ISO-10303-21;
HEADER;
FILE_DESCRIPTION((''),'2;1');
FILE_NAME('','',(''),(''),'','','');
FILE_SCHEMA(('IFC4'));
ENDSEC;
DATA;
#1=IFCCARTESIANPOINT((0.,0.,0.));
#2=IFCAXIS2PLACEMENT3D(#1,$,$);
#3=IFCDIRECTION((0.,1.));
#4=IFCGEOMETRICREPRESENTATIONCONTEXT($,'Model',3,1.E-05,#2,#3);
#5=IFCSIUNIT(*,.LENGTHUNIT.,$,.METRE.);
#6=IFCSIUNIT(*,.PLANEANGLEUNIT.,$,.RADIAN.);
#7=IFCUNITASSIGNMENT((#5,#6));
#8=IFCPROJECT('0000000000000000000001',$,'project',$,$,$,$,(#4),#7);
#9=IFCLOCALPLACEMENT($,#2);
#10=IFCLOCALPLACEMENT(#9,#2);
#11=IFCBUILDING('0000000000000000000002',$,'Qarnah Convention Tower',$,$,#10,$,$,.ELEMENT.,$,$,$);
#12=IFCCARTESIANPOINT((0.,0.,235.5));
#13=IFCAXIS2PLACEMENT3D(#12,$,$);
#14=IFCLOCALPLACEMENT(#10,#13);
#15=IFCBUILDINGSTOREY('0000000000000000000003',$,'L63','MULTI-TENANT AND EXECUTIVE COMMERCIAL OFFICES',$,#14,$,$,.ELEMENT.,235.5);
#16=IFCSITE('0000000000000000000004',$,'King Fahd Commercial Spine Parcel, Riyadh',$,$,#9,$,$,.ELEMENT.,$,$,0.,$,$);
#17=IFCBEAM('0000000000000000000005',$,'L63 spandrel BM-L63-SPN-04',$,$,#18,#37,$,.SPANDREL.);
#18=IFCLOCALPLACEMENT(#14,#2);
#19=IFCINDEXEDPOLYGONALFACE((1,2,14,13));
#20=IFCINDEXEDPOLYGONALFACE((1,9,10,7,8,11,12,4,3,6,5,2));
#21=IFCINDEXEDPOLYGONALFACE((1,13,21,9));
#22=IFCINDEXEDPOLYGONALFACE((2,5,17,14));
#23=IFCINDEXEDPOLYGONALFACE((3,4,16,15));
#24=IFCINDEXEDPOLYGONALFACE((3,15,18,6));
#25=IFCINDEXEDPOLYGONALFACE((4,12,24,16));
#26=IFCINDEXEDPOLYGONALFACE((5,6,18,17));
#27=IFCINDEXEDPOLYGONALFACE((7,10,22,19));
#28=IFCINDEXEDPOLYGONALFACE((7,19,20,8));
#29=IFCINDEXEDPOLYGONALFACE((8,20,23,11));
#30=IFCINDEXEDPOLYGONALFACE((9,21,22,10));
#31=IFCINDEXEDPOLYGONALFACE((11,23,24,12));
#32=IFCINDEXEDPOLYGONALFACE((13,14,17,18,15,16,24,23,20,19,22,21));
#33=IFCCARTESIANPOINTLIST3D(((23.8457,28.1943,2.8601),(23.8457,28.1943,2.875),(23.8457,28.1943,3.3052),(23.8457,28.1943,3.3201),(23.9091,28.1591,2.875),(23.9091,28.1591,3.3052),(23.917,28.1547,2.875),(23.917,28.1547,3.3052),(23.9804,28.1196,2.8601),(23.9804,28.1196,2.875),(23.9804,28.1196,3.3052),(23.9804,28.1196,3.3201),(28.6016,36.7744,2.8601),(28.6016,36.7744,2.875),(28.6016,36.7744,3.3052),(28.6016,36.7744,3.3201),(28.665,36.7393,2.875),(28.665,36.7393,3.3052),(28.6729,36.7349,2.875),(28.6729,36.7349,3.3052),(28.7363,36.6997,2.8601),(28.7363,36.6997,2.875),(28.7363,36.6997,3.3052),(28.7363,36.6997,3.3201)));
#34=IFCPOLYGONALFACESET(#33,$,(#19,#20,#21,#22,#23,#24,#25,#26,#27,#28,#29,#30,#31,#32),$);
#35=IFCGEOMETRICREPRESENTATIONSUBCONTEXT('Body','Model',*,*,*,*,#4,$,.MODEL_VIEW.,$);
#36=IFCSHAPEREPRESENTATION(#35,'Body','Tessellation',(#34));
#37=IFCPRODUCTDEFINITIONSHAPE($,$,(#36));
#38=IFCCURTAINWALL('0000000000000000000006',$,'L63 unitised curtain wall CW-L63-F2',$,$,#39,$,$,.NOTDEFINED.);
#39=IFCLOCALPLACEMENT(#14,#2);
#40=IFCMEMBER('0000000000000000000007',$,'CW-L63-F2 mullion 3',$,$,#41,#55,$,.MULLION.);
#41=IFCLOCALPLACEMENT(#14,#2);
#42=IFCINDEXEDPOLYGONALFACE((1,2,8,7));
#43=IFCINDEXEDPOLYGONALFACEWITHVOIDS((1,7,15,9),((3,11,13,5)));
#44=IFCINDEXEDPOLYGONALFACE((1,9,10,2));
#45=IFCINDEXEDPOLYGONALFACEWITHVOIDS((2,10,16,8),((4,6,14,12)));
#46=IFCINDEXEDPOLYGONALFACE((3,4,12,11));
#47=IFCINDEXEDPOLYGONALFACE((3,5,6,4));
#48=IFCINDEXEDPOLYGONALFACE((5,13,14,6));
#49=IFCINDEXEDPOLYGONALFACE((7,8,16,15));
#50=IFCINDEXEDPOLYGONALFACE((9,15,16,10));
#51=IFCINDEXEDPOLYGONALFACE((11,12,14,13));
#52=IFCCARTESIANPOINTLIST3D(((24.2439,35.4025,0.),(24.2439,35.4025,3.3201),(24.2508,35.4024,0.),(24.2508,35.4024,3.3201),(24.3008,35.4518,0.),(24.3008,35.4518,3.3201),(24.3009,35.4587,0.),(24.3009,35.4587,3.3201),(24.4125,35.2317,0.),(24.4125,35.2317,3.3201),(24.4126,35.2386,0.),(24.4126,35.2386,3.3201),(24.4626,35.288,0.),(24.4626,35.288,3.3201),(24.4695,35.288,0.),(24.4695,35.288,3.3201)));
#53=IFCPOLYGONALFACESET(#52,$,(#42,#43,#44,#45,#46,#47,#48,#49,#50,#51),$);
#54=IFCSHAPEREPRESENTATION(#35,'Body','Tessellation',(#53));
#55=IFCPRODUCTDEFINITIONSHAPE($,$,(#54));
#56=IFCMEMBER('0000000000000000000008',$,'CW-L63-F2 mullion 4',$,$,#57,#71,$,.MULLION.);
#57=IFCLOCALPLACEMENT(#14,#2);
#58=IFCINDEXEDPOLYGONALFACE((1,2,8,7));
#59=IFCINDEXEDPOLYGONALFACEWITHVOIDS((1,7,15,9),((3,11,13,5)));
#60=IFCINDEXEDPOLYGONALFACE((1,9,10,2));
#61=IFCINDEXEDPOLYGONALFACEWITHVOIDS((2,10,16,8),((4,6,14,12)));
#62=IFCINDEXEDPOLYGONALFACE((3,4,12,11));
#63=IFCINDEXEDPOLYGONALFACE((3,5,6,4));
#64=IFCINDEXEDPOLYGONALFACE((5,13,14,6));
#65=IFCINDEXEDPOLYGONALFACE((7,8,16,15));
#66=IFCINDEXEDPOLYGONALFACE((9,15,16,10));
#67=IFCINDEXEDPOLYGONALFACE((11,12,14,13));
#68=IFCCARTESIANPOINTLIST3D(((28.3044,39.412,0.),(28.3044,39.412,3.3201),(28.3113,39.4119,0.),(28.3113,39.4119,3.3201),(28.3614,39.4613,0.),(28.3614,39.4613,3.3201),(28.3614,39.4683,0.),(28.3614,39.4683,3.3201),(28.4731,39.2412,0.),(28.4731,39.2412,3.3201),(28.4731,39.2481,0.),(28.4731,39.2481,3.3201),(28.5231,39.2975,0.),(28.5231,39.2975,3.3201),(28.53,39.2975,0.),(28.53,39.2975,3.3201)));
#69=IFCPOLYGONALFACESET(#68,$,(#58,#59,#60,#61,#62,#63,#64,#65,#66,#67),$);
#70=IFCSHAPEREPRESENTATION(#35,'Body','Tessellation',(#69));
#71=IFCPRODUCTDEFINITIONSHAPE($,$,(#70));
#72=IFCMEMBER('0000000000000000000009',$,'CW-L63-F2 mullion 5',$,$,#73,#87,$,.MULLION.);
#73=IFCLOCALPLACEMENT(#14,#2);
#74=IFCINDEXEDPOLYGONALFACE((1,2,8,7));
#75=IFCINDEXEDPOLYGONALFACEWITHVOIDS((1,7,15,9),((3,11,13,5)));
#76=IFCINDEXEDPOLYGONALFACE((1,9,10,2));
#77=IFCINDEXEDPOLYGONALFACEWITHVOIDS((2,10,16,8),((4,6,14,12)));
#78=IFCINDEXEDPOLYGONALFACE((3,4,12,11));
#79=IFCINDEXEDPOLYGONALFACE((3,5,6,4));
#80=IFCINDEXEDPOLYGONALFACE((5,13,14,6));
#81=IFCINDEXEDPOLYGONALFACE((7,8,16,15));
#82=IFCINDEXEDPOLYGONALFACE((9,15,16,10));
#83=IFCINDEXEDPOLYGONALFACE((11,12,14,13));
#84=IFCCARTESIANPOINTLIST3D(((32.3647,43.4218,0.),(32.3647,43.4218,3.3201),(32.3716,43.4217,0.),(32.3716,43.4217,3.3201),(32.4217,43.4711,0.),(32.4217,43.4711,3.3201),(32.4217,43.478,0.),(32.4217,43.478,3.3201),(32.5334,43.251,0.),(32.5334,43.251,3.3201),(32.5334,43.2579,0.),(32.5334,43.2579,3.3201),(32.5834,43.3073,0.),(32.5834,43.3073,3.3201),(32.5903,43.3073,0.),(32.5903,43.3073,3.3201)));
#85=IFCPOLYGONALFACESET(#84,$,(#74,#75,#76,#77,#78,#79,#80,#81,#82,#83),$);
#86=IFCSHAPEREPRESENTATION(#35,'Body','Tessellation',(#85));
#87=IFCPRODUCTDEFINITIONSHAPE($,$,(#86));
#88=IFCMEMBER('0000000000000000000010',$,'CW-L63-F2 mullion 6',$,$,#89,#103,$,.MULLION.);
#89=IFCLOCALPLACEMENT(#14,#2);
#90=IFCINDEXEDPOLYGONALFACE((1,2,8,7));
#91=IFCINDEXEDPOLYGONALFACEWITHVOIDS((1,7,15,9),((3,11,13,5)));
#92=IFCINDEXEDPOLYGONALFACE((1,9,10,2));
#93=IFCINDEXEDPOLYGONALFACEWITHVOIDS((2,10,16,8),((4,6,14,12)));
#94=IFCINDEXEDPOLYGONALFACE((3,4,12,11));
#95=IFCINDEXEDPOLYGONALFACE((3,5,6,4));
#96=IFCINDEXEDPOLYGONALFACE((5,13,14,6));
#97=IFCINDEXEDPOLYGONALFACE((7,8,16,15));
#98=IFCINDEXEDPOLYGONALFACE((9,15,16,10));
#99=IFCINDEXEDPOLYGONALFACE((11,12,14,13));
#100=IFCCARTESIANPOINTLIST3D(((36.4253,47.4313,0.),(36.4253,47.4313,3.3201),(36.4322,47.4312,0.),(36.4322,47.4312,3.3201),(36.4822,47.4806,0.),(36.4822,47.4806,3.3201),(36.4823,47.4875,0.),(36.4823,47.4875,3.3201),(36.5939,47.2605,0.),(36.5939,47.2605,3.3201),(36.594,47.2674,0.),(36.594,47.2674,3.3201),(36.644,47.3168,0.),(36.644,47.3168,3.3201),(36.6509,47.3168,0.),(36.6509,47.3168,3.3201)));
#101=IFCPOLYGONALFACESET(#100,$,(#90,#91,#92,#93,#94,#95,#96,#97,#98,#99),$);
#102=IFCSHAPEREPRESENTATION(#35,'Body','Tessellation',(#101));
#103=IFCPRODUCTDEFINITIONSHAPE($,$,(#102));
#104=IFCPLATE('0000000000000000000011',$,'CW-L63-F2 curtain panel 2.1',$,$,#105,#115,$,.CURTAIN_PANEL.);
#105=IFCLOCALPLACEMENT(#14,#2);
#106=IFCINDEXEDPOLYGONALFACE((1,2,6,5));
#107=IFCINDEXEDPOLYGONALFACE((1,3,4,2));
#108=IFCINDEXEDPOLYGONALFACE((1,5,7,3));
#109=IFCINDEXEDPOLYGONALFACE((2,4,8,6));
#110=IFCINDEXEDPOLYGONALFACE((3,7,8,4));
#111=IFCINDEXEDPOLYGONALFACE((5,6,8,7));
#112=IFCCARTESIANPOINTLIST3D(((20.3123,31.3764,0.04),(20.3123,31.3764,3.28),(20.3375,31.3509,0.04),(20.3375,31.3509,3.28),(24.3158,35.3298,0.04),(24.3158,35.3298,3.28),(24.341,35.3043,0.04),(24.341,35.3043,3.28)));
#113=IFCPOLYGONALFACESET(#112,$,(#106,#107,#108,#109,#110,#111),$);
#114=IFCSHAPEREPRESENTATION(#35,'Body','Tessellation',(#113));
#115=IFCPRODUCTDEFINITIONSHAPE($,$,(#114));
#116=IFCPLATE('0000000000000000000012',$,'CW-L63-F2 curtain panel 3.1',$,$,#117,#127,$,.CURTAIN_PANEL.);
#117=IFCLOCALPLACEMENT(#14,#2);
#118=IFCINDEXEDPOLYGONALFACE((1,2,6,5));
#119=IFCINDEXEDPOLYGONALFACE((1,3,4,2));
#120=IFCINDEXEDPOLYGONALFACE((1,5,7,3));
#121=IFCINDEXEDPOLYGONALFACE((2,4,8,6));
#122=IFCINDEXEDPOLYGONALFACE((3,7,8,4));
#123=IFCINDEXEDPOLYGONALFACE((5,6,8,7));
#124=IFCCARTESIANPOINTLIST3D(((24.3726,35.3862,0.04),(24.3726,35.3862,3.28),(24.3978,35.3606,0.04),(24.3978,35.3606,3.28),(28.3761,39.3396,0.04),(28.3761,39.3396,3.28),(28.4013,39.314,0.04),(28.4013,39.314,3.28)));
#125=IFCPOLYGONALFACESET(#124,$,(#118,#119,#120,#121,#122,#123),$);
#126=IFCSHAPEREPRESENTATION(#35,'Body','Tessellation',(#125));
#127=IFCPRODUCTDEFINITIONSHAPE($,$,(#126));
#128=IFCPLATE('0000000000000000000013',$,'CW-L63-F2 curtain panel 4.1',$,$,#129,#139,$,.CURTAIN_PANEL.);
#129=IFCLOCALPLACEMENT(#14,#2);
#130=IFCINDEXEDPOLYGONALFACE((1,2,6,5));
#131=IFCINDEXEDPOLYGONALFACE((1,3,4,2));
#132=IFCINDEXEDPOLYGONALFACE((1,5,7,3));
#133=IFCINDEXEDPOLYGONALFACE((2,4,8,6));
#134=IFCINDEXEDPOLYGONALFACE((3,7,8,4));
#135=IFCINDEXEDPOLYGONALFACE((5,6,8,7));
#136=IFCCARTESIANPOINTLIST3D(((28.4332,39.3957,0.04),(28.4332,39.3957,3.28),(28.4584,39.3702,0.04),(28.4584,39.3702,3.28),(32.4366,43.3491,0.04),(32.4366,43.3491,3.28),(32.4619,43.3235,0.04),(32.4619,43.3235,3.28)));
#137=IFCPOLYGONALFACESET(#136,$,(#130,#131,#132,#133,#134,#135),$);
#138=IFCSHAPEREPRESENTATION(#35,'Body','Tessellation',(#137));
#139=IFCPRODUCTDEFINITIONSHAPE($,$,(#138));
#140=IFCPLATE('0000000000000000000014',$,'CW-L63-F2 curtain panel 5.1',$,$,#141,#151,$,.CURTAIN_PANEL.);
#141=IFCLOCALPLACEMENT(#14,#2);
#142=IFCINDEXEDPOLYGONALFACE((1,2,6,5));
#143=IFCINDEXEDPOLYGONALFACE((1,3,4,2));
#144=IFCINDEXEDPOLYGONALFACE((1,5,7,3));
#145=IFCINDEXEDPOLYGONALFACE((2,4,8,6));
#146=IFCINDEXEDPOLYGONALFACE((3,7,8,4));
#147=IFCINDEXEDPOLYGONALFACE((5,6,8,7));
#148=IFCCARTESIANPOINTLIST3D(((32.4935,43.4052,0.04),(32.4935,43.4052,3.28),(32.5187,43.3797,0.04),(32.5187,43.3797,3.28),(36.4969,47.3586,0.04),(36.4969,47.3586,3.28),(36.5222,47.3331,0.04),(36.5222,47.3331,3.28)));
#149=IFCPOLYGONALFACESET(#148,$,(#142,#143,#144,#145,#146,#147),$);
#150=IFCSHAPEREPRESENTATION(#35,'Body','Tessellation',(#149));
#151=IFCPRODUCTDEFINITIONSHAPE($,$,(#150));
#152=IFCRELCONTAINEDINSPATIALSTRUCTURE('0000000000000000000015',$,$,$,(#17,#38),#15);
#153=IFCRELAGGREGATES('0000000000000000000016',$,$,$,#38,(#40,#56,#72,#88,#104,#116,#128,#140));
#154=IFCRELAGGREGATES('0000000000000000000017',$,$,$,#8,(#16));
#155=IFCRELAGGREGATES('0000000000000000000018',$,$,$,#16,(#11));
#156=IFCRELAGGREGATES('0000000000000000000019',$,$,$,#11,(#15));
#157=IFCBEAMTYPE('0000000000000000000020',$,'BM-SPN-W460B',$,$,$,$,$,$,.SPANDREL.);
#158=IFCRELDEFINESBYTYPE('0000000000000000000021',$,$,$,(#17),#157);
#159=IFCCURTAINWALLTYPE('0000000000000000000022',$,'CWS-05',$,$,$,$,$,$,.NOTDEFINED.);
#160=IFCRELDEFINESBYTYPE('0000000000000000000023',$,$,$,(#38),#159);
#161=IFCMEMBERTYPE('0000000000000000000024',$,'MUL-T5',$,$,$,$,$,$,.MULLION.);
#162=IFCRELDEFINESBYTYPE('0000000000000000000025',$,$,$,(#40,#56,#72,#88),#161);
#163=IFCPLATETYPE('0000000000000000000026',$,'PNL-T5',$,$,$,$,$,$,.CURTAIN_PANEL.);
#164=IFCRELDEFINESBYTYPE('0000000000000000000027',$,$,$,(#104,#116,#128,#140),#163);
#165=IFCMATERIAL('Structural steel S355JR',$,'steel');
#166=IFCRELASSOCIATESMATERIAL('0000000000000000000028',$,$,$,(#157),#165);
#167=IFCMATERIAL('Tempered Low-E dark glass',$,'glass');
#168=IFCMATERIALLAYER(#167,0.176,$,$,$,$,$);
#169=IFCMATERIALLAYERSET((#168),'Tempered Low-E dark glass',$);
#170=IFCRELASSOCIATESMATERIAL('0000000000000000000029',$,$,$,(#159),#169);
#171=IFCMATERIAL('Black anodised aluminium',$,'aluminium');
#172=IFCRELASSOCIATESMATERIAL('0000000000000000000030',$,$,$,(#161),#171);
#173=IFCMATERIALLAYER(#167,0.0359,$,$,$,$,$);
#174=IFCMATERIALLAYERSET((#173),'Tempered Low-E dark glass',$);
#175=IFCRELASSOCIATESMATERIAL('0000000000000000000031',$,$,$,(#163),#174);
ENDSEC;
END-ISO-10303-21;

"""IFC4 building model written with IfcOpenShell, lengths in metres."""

from ifc_helpers import new_model, si_unit, direction, frame, origin, origin_2d, place, context, subcontext, project, spatial, rectangle, hollow_rectangle, i_section, extrude, material, layer, layer_set, material_profile, profile_set, type_object, element, aggregate, save


model = new_model("IFC4")

# Units and contexts
model_context = context("Model", 3, precision=1e-05, world=origin(), true_north=direction((0.0, 1.0)))
body_context = subcontext(model_context, "Body", "Model", "MODEL_VIEW")
ifc_project = project(units=[si_unit("LENGTHUNIT", "METRE"), si_unit("PLANEANGLEUNIT", "RADIAN")], contexts=[model_context])

# Site, building, storey
site_placement = place(None, origin())
site = spatial("IfcSite", under=ifc_project, at=site_placement, Name="King Fahd Commercial Spine Parcel, Riyadh", CompositionType="ELEMENT", RefElevation=0.0)
building_placement = place(site_placement, origin())
building = spatial("IfcBuilding", under=site, at=building_placement, Name="Qarnah Convention Tower", CompositionType="ELEMENT")
storey_placement = place(building_placement, frame((0.0, 0.0, 235.5)))
storey = spatial("IfcBuildingStorey", under=building, at=storey_placement, Name="L63", Description="MULTI-TENANT AND EXECUTIVE COMMERCIAL OFFICES", CompositionType="ELEMENT", Elevation=235.5)

# Beam
ifc_material_1 = material(Name="Structural steel S355JR", Category="steel")
ifc_material_profile_1 = material_profile(ifc_material_1, i_section(OverallWidth=0.1541, OverallDepth=0.46, WebThickness=0.009, FlangeThickness=0.0149, at=origin_2d()), Name="W460X68")
ifc_profile_set_1 = profile_set([ifc_material_profile_1], Name="Structural steel S355JR")
beam_type_1 = type_object("IfcBeamType", Name="BM-SPN-W460B", PredefinedType="SPANDREL", material=ifc_profile_set_1)
beam_1_placement = place(storey_placement, frame((28.6689, 36.7371, 3.0901), z_axis=(-0.484797, -0.874626, 0.0), x_axis=(0.874626, -0.484797, 0.0)))
element("IfcBeam", 1, at=beam_1_placement, inside=storey, type_object=beam_type_1, Name="L63 spandrel BM-L63-SPN-04", PredefinedType="SPANDREL", context=body_context, shape_type="SweptSolid", body=[
    extrude(i_section(OverallWidth=0.1541, OverallDepth=0.46, WebThickness=0.009, FlangeThickness=0.0149, at=origin_2d()), origin(), (0.0, 0.0, 1.0), 9.8101),
])

# Curtain wall, members, plates
ifc_material_2 = material(Name="Tempered Low-E dark glass", Category="glass")
ifc_layer_1 = layer(ifc_material_2, 0.176)
ifc_layer_set_1 = layer_set([ifc_layer_1], Name="Tempered Low-E dark glass")
curtain_wall_type = type_object("IfcCurtainWallType", Name="CWS-05", PredefinedType="NOTDEFINED", material=ifc_layer_set_1)
curtain_wall_placement = place(storey_placement, origin())
curtain_wall = element("IfcCurtainWall", 2, at=curtain_wall_placement, inside=storey, type_object=curtain_wall_type, Name="L63 unitised curtain wall CW-L63-F2", PredefinedType="NOTDEFINED")
ifc_material_3 = material(Name="Black anodised aluminium", Category="aluminium")
ifc_material_profile_2 = material_profile(ifc_material_3, hollow_rectangle(XDim=0.0801, YDim=0.24, WallThickness=0.0049, at=origin_2d()), Name="MUL-80X240")
ifc_profile_set_2 = profile_set([ifc_material_profile_2], Name="Black anodised aluminium")
member_type = type_object("IfcMemberType", Name="MUL-T5", PredefinedType="MULLION", material=ifc_profile_set_2)
member_1_placement = place(storey_placement, frame((24.3567, 35.3452, 0.0), z_axis=(0.0, 0.0, 1.0), x_axis=(0.711544, 0.702642, 0.0)))
member_1 = element("IfcMember", 3, at=member_1_placement, type_object=member_type, Name="CW-L63-F2 mullion 3", PredefinedType="MULLION", context=body_context, shape_type="SweptSolid", body=[
    extrude(hollow_rectangle(XDim=0.0801, YDim=0.24, WallThickness=0.0049, at=origin_2d()), origin(), (0.0, 0.0, 1.0), 3.3201),
])
member_2_placement = place(storey_placement, frame((28.4172, 39.3547, 0.0), z_axis=(0.0, 0.0, 1.0), x_axis=(0.711544, 0.702642, 0.0)))
member_2 = element("IfcMember", 4, at=member_2_placement, type_object=member_type, Name="CW-L63-F2 mullion 4", PredefinedType="MULLION", context=body_context, shape_type="SweptSolid", body=[
    extrude(hollow_rectangle(XDim=0.0801, YDim=0.24, WallThickness=0.0049, at=origin_2d()), origin(), (0.0, 0.0, 1.0), 3.3201),
])
member_3_placement = place(storey_placement, frame((32.4775, 43.3645, 0.0), z_axis=(0.0, 0.0, 1.0), x_axis=(0.711544, 0.702642, 0.0)))
member_3 = element("IfcMember", 5, at=member_3_placement, type_object=member_type, Name="CW-L63-F2 mullion 5", PredefinedType="MULLION", context=body_context, shape_type="SweptSolid", body=[
    extrude(hollow_rectangle(XDim=0.0801, YDim=0.24, WallThickness=0.0049, at=origin_2d()), origin(), (0.0, 0.0, 1.0), 3.3201),
])
member_4_placement = place(storey_placement, frame((36.5381, 47.374, 0.0), z_axis=(0.0, 0.0, 1.0), x_axis=(0.711544, 0.702642, 0.0)))
member_4 = element("IfcMember", 6, at=member_4_placement, type_object=member_type, Name="CW-L63-F2 mullion 6", PredefinedType="MULLION", context=body_context, shape_type="SweptSolid", body=[
    extrude(hollow_rectangle(XDim=0.0801, YDim=0.24, WallThickness=0.0049, at=origin_2d()), origin(), (0.0, 0.0, 1.0), 3.3201),
])
ifc_layer_2 = layer(ifc_material_2, 0.0359)
ifc_layer_set_2 = layer_set([ifc_layer_2], Name="Tempered Low-E dark glass")
plate_type = type_object("IfcPlateType", Name="PNL-T5", PredefinedType="CURTAIN_PANEL", material=ifc_layer_set_2)
plate_1_placement = place(storey_placement, frame((22.3267, 33.3403, 0.04), z_axis=(0.0, 0.0, 1.0), x_axis=(0.711544, 0.702642, 0.0)))
plate_1 = element("IfcPlate", 7, at=plate_1_placement, type_object=plate_type, Name="CW-L63-F2 curtain panel 2.1", PredefinedType="CURTAIN_PANEL", context=body_context, shape_type="SweptSolid", body=[
    extrude(rectangle(XDim=5.6265, YDim=0.0359, at=origin_2d()), origin(), (0.0, 0.0, 1.0), 3.24),
])
plate_2_placement = place(storey_placement, frame((26.387, 37.3501, 0.04), z_axis=(0.0, 0.0, 1.0), x_axis=(0.711544, 0.702642, 0.0)))
plate_2 = element("IfcPlate", 8, at=plate_2_placement, type_object=plate_type, Name="CW-L63-F2 curtain panel 3.1", PredefinedType="CURTAIN_PANEL", context=body_context, shape_type="SweptSolid", body=[
    extrude(rectangle(XDim=5.6265, YDim=0.0359, at=origin_2d()), origin(), (0.0, 0.0, 1.0), 3.24),
])
plate_3_placement = place(storey_placement, frame((30.4475, 41.3596, 0.04), z_axis=(0.0, 0.0, 1.0), x_axis=(0.711544, 0.702642, 0.0)))
plate_3 = element("IfcPlate", 9, at=plate_3_placement, type_object=plate_type, Name="CW-L63-F2 curtain panel 4.1", PredefinedType="CURTAIN_PANEL", context=body_context, shape_type="SweptSolid", body=[
    extrude(rectangle(XDim=5.6265, YDim=0.0359, at=origin_2d()), origin(), (0.0, 0.0, 1.0), 3.24),
])
plate_4_placement = place(storey_placement, frame((34.5078, 45.3691, 0.04), z_axis=(0.0, 0.0, 1.0), x_axis=(0.711544, 0.702642, 0.0)))
plate_4 = element("IfcPlate", 10, at=plate_4_placement, type_object=plate_type, Name="CW-L63-F2 curtain panel 5.1", PredefinedType="CURTAIN_PANEL", context=body_context, shape_type="SweptSolid", body=[
    extrude(rectangle(XDim=5.6265, YDim=0.0359, at=origin_2d()), origin(), (0.0, 0.0, 1.0), 3.24),
])
aggregate(curtain_wall, [member_1, member_2, member_3, member_4, plate_1, plate_2, plate_3, plate_4])

save(model, "model.ifc")
